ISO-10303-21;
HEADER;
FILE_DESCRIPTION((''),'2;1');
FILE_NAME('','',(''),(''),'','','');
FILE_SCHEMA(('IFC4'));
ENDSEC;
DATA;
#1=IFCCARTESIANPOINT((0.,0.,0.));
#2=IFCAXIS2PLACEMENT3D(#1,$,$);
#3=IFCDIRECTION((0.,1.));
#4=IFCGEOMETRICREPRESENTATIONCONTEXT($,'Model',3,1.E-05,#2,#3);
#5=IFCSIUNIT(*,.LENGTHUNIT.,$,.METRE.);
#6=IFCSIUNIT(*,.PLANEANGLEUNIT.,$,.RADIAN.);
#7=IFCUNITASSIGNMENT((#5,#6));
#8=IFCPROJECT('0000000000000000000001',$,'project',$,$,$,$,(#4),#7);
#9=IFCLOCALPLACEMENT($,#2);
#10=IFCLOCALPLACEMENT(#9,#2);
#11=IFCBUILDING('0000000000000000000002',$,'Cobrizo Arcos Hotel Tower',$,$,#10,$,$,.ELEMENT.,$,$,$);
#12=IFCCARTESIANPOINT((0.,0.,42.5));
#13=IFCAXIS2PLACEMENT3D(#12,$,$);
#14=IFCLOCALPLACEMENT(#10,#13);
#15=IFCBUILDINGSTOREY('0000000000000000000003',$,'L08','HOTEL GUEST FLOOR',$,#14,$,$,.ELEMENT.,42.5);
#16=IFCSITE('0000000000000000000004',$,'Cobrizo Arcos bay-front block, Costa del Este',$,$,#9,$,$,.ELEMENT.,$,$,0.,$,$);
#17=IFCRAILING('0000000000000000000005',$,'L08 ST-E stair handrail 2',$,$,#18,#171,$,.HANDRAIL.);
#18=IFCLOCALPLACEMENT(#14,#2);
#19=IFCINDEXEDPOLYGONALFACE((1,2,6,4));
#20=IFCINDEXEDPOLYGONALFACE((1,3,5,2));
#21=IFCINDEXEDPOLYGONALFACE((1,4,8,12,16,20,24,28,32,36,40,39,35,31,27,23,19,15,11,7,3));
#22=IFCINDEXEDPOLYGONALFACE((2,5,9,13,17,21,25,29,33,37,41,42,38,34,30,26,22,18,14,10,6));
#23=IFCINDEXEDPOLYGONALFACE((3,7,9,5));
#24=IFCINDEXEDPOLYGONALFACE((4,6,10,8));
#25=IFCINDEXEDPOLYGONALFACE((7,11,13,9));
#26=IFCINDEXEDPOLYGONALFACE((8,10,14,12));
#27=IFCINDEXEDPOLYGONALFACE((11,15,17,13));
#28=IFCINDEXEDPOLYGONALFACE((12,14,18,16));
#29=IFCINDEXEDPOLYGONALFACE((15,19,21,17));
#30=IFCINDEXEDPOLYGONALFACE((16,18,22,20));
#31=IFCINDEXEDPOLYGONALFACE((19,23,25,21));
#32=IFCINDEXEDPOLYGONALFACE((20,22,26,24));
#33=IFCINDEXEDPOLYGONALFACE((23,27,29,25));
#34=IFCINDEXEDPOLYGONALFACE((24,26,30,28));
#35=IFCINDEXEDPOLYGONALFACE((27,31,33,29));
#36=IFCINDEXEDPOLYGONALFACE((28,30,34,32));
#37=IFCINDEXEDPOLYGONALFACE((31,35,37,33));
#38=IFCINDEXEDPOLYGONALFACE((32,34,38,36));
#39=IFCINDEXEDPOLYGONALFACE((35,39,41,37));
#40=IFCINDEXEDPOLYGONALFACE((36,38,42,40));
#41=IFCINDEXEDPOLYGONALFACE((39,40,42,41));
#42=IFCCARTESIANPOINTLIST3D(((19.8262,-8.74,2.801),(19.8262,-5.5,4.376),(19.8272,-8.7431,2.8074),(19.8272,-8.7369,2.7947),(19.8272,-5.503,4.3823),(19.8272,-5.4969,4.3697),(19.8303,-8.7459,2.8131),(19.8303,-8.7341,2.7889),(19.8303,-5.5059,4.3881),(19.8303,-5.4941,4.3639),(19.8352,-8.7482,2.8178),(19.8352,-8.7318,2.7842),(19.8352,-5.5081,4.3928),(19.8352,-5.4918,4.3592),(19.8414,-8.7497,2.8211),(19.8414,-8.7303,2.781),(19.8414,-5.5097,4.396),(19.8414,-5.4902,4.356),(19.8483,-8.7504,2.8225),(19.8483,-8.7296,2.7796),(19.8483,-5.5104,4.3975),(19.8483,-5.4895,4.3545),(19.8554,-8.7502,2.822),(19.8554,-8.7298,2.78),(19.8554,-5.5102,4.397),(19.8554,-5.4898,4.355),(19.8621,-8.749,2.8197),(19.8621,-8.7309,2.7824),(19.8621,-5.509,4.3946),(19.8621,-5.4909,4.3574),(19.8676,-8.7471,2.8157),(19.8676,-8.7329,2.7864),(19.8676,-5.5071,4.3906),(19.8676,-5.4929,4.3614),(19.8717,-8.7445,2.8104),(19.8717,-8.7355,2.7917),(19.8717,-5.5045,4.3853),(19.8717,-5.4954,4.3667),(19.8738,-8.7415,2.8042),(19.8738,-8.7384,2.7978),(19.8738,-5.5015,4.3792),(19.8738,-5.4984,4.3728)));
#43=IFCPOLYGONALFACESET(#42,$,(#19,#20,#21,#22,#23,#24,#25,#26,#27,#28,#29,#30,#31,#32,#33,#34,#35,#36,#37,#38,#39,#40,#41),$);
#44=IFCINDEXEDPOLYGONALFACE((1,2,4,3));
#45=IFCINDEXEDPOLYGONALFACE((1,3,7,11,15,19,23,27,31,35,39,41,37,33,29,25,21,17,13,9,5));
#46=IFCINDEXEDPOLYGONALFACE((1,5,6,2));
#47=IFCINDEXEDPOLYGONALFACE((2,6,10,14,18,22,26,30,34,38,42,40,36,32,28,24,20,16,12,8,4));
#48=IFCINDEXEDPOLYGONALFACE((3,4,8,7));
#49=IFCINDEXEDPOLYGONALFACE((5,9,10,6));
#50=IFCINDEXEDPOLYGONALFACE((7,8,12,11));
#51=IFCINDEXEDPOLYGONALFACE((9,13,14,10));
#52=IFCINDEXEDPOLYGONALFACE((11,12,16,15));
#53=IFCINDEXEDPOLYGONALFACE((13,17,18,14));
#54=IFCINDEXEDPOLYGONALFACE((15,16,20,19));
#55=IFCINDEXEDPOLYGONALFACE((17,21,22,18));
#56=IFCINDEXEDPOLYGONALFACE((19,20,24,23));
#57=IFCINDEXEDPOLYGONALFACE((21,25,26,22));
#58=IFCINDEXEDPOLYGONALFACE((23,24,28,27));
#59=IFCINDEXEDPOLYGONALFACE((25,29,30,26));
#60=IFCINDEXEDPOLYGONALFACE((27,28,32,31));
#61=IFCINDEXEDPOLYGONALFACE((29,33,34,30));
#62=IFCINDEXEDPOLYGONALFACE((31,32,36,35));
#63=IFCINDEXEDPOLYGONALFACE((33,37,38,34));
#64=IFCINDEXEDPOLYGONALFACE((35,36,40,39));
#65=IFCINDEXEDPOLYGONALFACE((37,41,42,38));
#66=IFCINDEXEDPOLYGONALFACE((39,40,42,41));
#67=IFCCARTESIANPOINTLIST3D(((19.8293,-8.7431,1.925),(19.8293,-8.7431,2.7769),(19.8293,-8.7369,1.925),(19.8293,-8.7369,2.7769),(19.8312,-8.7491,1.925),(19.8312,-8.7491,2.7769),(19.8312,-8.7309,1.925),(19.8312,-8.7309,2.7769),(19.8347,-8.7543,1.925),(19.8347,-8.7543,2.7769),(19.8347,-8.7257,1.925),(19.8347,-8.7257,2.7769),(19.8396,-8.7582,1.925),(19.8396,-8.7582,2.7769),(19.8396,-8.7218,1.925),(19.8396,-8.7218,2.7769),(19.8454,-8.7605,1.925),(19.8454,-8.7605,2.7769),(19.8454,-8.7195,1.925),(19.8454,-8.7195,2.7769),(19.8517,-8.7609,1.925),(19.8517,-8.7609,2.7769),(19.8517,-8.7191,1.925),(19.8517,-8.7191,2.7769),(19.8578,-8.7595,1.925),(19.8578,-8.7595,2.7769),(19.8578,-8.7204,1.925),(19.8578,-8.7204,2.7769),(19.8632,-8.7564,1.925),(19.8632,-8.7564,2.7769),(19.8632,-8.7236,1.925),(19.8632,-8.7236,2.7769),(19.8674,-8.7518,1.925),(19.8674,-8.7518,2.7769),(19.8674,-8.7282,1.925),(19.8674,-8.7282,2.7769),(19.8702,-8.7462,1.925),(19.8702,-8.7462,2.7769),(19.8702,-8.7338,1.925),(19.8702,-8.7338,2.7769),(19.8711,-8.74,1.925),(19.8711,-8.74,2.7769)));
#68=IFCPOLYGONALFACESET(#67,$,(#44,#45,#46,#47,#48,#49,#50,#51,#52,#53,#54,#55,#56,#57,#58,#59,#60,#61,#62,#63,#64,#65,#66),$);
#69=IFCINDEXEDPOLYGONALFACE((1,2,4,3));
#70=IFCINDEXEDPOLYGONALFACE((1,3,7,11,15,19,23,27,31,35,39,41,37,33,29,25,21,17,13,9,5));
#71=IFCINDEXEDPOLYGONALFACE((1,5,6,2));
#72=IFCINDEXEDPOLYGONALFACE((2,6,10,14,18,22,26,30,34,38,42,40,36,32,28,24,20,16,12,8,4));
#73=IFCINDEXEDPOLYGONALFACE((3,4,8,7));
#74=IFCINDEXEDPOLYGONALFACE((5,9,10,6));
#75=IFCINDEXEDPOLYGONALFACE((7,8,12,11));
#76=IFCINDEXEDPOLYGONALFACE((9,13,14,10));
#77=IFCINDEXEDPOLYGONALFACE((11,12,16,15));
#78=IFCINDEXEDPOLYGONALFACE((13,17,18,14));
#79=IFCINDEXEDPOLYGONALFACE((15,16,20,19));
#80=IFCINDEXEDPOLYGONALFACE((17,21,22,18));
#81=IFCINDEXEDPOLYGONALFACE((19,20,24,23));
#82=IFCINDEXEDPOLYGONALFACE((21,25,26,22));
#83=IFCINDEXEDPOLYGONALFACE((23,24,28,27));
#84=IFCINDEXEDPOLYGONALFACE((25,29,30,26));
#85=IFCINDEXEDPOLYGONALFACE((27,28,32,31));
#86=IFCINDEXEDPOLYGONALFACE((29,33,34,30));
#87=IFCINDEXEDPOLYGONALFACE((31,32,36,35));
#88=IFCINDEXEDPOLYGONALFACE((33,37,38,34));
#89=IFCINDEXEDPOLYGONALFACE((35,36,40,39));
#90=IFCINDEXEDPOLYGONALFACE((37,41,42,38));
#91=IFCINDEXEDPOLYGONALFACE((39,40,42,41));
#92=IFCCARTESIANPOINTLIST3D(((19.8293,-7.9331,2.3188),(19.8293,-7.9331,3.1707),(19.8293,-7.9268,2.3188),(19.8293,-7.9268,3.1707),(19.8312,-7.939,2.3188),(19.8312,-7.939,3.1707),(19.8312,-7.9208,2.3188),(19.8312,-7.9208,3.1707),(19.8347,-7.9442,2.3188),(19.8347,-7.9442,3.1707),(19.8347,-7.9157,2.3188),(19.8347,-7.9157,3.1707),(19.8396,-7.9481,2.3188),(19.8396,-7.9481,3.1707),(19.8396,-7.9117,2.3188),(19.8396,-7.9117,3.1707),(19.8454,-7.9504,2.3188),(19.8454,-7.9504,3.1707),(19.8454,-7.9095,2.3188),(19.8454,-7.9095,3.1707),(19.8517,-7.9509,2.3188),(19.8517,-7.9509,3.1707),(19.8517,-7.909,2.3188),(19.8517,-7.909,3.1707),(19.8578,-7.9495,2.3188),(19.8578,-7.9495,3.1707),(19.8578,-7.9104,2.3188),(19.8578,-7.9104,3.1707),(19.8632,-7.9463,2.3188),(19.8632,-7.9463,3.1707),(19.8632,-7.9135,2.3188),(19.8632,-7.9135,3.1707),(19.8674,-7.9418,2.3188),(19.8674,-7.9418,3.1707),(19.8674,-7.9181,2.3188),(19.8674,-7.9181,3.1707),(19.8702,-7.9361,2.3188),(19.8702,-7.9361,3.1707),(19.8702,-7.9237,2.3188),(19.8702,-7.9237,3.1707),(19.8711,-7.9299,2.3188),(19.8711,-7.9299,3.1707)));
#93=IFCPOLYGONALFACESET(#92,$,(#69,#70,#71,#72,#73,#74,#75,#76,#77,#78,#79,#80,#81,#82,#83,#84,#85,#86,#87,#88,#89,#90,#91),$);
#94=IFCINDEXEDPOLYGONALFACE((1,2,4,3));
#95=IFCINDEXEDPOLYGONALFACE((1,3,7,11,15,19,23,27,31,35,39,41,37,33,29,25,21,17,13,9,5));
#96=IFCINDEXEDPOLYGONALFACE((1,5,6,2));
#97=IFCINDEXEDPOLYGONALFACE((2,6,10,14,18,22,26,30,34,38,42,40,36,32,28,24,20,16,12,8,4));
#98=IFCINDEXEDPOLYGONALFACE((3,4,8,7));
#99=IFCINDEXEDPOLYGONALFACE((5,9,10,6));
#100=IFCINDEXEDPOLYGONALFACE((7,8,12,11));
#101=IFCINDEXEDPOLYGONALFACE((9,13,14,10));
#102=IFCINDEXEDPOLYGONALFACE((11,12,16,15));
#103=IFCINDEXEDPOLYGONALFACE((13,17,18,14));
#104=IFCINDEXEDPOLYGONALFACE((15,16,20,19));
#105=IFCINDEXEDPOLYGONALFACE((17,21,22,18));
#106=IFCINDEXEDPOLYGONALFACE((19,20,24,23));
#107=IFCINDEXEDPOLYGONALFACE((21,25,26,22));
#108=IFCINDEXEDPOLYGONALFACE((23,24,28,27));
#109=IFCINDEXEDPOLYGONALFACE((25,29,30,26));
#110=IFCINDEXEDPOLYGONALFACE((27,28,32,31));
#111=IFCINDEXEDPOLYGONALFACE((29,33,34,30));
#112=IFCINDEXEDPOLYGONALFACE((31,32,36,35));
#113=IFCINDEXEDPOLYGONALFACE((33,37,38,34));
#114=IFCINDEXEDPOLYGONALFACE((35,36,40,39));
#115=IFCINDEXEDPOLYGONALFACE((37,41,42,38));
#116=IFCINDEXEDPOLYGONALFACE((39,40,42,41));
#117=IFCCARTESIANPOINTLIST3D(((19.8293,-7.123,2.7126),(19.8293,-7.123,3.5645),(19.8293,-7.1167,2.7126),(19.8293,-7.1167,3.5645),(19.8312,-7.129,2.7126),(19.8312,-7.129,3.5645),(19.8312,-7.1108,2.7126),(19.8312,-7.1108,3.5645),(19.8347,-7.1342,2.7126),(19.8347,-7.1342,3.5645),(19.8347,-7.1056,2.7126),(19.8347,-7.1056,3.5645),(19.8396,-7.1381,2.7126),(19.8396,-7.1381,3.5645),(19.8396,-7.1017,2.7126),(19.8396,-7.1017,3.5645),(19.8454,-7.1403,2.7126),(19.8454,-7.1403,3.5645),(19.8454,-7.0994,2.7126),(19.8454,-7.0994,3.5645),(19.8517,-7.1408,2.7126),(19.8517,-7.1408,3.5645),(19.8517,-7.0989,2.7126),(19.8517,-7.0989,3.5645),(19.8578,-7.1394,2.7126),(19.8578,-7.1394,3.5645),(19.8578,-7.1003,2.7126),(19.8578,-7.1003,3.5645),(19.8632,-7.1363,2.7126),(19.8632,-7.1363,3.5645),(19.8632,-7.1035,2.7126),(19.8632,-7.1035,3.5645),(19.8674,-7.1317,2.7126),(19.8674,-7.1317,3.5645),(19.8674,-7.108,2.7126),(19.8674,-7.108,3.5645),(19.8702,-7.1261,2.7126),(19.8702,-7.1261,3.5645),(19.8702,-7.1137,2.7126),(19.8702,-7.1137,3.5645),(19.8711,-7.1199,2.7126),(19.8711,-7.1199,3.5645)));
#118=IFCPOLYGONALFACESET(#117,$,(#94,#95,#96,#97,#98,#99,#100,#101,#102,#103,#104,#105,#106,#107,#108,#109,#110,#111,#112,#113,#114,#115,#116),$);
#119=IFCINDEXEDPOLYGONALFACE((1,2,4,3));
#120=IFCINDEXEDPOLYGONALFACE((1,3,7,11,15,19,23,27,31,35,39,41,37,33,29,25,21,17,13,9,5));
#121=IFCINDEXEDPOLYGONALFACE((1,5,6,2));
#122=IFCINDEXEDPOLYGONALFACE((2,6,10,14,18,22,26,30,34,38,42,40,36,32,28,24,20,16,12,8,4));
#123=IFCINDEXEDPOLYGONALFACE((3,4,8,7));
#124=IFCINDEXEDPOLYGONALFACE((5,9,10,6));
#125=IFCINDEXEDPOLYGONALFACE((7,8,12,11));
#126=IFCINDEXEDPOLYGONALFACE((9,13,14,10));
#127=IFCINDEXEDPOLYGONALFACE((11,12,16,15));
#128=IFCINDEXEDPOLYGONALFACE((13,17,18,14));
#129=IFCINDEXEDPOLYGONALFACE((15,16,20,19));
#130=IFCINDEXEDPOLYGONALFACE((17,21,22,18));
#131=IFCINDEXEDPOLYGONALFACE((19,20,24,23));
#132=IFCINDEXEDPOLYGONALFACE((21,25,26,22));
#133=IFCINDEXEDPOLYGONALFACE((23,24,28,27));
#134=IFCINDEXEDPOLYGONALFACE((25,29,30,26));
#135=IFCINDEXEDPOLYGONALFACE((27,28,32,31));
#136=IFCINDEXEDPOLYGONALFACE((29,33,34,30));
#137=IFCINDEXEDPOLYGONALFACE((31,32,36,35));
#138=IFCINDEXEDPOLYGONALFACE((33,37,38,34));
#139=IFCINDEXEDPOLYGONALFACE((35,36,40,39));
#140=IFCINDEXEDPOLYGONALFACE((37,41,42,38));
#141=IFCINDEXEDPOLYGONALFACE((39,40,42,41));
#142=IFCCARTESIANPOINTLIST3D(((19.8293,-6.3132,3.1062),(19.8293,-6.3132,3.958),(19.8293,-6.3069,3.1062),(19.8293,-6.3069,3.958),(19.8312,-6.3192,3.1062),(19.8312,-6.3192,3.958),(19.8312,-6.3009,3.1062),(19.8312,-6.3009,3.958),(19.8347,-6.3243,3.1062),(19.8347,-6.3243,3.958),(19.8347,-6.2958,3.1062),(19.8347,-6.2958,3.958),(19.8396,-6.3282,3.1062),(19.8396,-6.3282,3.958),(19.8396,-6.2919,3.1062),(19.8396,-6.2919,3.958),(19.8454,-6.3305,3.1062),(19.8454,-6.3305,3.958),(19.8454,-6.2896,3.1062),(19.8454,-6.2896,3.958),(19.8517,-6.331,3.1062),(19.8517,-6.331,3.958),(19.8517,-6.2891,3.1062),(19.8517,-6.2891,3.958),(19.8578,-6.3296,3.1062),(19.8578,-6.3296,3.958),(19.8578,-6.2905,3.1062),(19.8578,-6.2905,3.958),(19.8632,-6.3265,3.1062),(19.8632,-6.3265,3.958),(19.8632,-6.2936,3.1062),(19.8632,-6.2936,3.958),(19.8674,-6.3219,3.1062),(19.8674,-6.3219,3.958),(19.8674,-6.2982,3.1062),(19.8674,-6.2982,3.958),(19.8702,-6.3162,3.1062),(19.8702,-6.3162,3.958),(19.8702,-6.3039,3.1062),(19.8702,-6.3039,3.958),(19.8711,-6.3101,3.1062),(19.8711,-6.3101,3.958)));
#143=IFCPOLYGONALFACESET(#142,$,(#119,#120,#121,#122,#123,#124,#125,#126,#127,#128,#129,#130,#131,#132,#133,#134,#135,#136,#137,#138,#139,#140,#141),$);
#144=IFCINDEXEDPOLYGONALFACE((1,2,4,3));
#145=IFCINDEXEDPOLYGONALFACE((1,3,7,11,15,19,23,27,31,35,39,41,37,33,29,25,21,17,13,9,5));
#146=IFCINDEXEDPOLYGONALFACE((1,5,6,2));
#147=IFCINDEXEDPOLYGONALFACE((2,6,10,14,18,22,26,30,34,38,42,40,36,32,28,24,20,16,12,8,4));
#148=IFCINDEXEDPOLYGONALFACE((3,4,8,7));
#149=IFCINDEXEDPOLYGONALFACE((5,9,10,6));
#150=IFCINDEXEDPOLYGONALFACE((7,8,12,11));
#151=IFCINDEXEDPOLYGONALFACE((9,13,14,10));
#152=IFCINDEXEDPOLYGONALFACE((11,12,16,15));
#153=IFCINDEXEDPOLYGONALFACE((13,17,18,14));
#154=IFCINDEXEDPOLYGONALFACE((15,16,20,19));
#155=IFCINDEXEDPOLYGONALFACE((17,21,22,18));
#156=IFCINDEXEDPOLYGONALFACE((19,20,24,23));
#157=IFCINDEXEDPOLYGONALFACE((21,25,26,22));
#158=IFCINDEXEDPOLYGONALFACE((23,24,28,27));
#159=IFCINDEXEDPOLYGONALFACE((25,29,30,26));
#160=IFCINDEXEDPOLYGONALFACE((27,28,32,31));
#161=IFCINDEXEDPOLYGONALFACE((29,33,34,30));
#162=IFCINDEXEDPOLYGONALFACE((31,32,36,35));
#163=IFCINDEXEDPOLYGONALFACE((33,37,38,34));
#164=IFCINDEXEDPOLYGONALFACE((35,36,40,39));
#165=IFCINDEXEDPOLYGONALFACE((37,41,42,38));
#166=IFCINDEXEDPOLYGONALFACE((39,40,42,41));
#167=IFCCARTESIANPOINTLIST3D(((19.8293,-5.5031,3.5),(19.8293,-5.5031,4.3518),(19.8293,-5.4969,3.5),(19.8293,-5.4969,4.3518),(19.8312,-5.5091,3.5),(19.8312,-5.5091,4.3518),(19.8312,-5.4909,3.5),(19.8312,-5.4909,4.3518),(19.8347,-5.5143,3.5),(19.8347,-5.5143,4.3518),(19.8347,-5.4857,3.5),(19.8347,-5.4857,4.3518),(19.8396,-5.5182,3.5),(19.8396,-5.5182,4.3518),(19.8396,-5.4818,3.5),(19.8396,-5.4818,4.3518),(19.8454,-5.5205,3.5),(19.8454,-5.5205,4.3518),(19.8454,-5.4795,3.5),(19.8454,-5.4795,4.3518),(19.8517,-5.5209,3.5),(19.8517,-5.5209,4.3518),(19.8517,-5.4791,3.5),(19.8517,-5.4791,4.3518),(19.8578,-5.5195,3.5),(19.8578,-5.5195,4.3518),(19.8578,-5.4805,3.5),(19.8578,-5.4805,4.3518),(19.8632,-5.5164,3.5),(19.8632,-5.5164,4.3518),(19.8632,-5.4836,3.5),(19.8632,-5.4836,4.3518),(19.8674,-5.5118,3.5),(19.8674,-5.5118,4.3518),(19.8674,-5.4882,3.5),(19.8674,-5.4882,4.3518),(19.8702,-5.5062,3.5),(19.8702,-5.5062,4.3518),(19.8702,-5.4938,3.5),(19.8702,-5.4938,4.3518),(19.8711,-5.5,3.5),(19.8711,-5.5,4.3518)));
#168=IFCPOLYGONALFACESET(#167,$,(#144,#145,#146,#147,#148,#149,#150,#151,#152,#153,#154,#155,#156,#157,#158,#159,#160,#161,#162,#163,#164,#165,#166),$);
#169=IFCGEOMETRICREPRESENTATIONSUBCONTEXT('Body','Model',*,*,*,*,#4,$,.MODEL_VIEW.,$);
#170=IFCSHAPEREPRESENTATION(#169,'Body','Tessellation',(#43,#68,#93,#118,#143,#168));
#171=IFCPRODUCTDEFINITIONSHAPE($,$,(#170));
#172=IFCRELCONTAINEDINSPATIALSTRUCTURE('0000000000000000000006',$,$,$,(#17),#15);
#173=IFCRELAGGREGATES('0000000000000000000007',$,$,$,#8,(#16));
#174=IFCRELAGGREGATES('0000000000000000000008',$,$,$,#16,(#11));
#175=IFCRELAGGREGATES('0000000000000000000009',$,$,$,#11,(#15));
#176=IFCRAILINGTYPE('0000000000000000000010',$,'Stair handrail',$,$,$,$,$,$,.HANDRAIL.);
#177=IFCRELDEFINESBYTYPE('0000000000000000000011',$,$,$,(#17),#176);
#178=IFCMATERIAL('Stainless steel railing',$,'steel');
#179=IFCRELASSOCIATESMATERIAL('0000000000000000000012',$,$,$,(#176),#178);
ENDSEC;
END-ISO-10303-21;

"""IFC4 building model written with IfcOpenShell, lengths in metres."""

from ifc_helpers import new_model, si_unit, direction, frame, origin, origin_2d, place, context, subcontext, project, spatial, circle, extrude, material, type_object, element, save


model = new_model("IFC4")

# Units and contexts
model_context = context("Model", 3, precision=1e-05, world=origin(), true_north=direction((0.0, 1.0)))
body_context = subcontext(model_context, "Body", "Model", "MODEL_VIEW")
ifc_project = project(units=[si_unit("LENGTHUNIT", "METRE"), si_unit("PLANEANGLEUNIT", "RADIAN")], contexts=[model_context])

# Site, building, storey
site_placement = place(None, origin())
site = spatial("IfcSite", under=ifc_project, at=site_placement, Name="Cobrizo Arcos bay-front block, Costa del Este", CompositionType="ELEMENT", RefElevation=0.0)
building_placement = place(site_placement, origin())
building = spatial("IfcBuilding", under=site, at=building_placement, Name="Cobrizo Arcos Hotel Tower", CompositionType="ELEMENT")
storey_placement = place(building_placement, frame((0.0, 0.0, 42.5)))
storey = spatial("IfcBuildingStorey", under=building, at=storey_placement, Name="L08", Description="HOTEL GUEST FLOOR", CompositionType="ELEMENT", Elevation=42.5)

# Railing
ifc_material_1 = material(Name="Stainless steel railing", Category="steel")
railing_type_1 = type_object("IfcRailingType", Name="Stair handrail", PredefinedType="HANDRAIL", material=ifc_material_1)
railing_1_placement = place(storey_placement, frame((19.8501, -8.74, 1.925)))
element("IfcRailing", 1, at=railing_1_placement, inside=storey, type_object=railing_type_1, Name="L08 ST-E stair handrail 2", PredefinedType="HANDRAIL", context=body_context, shape_type="SweptSolid", body=[
    extrude(circle(Radius=0.0239, at=origin_2d()), frame((0.0, 0.0, 0.876), z_axis=(0.0, 0.899373, 0.437183), x_axis=(-1.0, 0.0, 0.0)), (0.0, 0.0, 1.0), 3.6025),
    extrude(circle(Radius=0.021, at=origin_2d()), origin(), (0.0, 0.0, 1.0), 0.8518),
    extrude(circle(Radius=0.021, at=origin_2d()), frame((0.0, 0.8101, 0.3938)), (0.0, 0.0, 1.0), 0.8518),
    extrude(circle(Radius=0.021, at=origin_2d()), frame((0.0, 1.6201, 0.7876)), (0.0, 0.0, 1.0), 0.8518),
    extrude(circle(Radius=0.021, at=origin_2d()), frame((0.0, 2.4299, 1.1812)), (0.0, 0.0, 1.0), 0.8518),
    extrude(circle(Radius=0.021, at=origin_2d()), frame((0.0, 3.24, 1.575)), (0.0, 0.0, 1.0), 0.8518),
])

save(model, "model.ifc")
